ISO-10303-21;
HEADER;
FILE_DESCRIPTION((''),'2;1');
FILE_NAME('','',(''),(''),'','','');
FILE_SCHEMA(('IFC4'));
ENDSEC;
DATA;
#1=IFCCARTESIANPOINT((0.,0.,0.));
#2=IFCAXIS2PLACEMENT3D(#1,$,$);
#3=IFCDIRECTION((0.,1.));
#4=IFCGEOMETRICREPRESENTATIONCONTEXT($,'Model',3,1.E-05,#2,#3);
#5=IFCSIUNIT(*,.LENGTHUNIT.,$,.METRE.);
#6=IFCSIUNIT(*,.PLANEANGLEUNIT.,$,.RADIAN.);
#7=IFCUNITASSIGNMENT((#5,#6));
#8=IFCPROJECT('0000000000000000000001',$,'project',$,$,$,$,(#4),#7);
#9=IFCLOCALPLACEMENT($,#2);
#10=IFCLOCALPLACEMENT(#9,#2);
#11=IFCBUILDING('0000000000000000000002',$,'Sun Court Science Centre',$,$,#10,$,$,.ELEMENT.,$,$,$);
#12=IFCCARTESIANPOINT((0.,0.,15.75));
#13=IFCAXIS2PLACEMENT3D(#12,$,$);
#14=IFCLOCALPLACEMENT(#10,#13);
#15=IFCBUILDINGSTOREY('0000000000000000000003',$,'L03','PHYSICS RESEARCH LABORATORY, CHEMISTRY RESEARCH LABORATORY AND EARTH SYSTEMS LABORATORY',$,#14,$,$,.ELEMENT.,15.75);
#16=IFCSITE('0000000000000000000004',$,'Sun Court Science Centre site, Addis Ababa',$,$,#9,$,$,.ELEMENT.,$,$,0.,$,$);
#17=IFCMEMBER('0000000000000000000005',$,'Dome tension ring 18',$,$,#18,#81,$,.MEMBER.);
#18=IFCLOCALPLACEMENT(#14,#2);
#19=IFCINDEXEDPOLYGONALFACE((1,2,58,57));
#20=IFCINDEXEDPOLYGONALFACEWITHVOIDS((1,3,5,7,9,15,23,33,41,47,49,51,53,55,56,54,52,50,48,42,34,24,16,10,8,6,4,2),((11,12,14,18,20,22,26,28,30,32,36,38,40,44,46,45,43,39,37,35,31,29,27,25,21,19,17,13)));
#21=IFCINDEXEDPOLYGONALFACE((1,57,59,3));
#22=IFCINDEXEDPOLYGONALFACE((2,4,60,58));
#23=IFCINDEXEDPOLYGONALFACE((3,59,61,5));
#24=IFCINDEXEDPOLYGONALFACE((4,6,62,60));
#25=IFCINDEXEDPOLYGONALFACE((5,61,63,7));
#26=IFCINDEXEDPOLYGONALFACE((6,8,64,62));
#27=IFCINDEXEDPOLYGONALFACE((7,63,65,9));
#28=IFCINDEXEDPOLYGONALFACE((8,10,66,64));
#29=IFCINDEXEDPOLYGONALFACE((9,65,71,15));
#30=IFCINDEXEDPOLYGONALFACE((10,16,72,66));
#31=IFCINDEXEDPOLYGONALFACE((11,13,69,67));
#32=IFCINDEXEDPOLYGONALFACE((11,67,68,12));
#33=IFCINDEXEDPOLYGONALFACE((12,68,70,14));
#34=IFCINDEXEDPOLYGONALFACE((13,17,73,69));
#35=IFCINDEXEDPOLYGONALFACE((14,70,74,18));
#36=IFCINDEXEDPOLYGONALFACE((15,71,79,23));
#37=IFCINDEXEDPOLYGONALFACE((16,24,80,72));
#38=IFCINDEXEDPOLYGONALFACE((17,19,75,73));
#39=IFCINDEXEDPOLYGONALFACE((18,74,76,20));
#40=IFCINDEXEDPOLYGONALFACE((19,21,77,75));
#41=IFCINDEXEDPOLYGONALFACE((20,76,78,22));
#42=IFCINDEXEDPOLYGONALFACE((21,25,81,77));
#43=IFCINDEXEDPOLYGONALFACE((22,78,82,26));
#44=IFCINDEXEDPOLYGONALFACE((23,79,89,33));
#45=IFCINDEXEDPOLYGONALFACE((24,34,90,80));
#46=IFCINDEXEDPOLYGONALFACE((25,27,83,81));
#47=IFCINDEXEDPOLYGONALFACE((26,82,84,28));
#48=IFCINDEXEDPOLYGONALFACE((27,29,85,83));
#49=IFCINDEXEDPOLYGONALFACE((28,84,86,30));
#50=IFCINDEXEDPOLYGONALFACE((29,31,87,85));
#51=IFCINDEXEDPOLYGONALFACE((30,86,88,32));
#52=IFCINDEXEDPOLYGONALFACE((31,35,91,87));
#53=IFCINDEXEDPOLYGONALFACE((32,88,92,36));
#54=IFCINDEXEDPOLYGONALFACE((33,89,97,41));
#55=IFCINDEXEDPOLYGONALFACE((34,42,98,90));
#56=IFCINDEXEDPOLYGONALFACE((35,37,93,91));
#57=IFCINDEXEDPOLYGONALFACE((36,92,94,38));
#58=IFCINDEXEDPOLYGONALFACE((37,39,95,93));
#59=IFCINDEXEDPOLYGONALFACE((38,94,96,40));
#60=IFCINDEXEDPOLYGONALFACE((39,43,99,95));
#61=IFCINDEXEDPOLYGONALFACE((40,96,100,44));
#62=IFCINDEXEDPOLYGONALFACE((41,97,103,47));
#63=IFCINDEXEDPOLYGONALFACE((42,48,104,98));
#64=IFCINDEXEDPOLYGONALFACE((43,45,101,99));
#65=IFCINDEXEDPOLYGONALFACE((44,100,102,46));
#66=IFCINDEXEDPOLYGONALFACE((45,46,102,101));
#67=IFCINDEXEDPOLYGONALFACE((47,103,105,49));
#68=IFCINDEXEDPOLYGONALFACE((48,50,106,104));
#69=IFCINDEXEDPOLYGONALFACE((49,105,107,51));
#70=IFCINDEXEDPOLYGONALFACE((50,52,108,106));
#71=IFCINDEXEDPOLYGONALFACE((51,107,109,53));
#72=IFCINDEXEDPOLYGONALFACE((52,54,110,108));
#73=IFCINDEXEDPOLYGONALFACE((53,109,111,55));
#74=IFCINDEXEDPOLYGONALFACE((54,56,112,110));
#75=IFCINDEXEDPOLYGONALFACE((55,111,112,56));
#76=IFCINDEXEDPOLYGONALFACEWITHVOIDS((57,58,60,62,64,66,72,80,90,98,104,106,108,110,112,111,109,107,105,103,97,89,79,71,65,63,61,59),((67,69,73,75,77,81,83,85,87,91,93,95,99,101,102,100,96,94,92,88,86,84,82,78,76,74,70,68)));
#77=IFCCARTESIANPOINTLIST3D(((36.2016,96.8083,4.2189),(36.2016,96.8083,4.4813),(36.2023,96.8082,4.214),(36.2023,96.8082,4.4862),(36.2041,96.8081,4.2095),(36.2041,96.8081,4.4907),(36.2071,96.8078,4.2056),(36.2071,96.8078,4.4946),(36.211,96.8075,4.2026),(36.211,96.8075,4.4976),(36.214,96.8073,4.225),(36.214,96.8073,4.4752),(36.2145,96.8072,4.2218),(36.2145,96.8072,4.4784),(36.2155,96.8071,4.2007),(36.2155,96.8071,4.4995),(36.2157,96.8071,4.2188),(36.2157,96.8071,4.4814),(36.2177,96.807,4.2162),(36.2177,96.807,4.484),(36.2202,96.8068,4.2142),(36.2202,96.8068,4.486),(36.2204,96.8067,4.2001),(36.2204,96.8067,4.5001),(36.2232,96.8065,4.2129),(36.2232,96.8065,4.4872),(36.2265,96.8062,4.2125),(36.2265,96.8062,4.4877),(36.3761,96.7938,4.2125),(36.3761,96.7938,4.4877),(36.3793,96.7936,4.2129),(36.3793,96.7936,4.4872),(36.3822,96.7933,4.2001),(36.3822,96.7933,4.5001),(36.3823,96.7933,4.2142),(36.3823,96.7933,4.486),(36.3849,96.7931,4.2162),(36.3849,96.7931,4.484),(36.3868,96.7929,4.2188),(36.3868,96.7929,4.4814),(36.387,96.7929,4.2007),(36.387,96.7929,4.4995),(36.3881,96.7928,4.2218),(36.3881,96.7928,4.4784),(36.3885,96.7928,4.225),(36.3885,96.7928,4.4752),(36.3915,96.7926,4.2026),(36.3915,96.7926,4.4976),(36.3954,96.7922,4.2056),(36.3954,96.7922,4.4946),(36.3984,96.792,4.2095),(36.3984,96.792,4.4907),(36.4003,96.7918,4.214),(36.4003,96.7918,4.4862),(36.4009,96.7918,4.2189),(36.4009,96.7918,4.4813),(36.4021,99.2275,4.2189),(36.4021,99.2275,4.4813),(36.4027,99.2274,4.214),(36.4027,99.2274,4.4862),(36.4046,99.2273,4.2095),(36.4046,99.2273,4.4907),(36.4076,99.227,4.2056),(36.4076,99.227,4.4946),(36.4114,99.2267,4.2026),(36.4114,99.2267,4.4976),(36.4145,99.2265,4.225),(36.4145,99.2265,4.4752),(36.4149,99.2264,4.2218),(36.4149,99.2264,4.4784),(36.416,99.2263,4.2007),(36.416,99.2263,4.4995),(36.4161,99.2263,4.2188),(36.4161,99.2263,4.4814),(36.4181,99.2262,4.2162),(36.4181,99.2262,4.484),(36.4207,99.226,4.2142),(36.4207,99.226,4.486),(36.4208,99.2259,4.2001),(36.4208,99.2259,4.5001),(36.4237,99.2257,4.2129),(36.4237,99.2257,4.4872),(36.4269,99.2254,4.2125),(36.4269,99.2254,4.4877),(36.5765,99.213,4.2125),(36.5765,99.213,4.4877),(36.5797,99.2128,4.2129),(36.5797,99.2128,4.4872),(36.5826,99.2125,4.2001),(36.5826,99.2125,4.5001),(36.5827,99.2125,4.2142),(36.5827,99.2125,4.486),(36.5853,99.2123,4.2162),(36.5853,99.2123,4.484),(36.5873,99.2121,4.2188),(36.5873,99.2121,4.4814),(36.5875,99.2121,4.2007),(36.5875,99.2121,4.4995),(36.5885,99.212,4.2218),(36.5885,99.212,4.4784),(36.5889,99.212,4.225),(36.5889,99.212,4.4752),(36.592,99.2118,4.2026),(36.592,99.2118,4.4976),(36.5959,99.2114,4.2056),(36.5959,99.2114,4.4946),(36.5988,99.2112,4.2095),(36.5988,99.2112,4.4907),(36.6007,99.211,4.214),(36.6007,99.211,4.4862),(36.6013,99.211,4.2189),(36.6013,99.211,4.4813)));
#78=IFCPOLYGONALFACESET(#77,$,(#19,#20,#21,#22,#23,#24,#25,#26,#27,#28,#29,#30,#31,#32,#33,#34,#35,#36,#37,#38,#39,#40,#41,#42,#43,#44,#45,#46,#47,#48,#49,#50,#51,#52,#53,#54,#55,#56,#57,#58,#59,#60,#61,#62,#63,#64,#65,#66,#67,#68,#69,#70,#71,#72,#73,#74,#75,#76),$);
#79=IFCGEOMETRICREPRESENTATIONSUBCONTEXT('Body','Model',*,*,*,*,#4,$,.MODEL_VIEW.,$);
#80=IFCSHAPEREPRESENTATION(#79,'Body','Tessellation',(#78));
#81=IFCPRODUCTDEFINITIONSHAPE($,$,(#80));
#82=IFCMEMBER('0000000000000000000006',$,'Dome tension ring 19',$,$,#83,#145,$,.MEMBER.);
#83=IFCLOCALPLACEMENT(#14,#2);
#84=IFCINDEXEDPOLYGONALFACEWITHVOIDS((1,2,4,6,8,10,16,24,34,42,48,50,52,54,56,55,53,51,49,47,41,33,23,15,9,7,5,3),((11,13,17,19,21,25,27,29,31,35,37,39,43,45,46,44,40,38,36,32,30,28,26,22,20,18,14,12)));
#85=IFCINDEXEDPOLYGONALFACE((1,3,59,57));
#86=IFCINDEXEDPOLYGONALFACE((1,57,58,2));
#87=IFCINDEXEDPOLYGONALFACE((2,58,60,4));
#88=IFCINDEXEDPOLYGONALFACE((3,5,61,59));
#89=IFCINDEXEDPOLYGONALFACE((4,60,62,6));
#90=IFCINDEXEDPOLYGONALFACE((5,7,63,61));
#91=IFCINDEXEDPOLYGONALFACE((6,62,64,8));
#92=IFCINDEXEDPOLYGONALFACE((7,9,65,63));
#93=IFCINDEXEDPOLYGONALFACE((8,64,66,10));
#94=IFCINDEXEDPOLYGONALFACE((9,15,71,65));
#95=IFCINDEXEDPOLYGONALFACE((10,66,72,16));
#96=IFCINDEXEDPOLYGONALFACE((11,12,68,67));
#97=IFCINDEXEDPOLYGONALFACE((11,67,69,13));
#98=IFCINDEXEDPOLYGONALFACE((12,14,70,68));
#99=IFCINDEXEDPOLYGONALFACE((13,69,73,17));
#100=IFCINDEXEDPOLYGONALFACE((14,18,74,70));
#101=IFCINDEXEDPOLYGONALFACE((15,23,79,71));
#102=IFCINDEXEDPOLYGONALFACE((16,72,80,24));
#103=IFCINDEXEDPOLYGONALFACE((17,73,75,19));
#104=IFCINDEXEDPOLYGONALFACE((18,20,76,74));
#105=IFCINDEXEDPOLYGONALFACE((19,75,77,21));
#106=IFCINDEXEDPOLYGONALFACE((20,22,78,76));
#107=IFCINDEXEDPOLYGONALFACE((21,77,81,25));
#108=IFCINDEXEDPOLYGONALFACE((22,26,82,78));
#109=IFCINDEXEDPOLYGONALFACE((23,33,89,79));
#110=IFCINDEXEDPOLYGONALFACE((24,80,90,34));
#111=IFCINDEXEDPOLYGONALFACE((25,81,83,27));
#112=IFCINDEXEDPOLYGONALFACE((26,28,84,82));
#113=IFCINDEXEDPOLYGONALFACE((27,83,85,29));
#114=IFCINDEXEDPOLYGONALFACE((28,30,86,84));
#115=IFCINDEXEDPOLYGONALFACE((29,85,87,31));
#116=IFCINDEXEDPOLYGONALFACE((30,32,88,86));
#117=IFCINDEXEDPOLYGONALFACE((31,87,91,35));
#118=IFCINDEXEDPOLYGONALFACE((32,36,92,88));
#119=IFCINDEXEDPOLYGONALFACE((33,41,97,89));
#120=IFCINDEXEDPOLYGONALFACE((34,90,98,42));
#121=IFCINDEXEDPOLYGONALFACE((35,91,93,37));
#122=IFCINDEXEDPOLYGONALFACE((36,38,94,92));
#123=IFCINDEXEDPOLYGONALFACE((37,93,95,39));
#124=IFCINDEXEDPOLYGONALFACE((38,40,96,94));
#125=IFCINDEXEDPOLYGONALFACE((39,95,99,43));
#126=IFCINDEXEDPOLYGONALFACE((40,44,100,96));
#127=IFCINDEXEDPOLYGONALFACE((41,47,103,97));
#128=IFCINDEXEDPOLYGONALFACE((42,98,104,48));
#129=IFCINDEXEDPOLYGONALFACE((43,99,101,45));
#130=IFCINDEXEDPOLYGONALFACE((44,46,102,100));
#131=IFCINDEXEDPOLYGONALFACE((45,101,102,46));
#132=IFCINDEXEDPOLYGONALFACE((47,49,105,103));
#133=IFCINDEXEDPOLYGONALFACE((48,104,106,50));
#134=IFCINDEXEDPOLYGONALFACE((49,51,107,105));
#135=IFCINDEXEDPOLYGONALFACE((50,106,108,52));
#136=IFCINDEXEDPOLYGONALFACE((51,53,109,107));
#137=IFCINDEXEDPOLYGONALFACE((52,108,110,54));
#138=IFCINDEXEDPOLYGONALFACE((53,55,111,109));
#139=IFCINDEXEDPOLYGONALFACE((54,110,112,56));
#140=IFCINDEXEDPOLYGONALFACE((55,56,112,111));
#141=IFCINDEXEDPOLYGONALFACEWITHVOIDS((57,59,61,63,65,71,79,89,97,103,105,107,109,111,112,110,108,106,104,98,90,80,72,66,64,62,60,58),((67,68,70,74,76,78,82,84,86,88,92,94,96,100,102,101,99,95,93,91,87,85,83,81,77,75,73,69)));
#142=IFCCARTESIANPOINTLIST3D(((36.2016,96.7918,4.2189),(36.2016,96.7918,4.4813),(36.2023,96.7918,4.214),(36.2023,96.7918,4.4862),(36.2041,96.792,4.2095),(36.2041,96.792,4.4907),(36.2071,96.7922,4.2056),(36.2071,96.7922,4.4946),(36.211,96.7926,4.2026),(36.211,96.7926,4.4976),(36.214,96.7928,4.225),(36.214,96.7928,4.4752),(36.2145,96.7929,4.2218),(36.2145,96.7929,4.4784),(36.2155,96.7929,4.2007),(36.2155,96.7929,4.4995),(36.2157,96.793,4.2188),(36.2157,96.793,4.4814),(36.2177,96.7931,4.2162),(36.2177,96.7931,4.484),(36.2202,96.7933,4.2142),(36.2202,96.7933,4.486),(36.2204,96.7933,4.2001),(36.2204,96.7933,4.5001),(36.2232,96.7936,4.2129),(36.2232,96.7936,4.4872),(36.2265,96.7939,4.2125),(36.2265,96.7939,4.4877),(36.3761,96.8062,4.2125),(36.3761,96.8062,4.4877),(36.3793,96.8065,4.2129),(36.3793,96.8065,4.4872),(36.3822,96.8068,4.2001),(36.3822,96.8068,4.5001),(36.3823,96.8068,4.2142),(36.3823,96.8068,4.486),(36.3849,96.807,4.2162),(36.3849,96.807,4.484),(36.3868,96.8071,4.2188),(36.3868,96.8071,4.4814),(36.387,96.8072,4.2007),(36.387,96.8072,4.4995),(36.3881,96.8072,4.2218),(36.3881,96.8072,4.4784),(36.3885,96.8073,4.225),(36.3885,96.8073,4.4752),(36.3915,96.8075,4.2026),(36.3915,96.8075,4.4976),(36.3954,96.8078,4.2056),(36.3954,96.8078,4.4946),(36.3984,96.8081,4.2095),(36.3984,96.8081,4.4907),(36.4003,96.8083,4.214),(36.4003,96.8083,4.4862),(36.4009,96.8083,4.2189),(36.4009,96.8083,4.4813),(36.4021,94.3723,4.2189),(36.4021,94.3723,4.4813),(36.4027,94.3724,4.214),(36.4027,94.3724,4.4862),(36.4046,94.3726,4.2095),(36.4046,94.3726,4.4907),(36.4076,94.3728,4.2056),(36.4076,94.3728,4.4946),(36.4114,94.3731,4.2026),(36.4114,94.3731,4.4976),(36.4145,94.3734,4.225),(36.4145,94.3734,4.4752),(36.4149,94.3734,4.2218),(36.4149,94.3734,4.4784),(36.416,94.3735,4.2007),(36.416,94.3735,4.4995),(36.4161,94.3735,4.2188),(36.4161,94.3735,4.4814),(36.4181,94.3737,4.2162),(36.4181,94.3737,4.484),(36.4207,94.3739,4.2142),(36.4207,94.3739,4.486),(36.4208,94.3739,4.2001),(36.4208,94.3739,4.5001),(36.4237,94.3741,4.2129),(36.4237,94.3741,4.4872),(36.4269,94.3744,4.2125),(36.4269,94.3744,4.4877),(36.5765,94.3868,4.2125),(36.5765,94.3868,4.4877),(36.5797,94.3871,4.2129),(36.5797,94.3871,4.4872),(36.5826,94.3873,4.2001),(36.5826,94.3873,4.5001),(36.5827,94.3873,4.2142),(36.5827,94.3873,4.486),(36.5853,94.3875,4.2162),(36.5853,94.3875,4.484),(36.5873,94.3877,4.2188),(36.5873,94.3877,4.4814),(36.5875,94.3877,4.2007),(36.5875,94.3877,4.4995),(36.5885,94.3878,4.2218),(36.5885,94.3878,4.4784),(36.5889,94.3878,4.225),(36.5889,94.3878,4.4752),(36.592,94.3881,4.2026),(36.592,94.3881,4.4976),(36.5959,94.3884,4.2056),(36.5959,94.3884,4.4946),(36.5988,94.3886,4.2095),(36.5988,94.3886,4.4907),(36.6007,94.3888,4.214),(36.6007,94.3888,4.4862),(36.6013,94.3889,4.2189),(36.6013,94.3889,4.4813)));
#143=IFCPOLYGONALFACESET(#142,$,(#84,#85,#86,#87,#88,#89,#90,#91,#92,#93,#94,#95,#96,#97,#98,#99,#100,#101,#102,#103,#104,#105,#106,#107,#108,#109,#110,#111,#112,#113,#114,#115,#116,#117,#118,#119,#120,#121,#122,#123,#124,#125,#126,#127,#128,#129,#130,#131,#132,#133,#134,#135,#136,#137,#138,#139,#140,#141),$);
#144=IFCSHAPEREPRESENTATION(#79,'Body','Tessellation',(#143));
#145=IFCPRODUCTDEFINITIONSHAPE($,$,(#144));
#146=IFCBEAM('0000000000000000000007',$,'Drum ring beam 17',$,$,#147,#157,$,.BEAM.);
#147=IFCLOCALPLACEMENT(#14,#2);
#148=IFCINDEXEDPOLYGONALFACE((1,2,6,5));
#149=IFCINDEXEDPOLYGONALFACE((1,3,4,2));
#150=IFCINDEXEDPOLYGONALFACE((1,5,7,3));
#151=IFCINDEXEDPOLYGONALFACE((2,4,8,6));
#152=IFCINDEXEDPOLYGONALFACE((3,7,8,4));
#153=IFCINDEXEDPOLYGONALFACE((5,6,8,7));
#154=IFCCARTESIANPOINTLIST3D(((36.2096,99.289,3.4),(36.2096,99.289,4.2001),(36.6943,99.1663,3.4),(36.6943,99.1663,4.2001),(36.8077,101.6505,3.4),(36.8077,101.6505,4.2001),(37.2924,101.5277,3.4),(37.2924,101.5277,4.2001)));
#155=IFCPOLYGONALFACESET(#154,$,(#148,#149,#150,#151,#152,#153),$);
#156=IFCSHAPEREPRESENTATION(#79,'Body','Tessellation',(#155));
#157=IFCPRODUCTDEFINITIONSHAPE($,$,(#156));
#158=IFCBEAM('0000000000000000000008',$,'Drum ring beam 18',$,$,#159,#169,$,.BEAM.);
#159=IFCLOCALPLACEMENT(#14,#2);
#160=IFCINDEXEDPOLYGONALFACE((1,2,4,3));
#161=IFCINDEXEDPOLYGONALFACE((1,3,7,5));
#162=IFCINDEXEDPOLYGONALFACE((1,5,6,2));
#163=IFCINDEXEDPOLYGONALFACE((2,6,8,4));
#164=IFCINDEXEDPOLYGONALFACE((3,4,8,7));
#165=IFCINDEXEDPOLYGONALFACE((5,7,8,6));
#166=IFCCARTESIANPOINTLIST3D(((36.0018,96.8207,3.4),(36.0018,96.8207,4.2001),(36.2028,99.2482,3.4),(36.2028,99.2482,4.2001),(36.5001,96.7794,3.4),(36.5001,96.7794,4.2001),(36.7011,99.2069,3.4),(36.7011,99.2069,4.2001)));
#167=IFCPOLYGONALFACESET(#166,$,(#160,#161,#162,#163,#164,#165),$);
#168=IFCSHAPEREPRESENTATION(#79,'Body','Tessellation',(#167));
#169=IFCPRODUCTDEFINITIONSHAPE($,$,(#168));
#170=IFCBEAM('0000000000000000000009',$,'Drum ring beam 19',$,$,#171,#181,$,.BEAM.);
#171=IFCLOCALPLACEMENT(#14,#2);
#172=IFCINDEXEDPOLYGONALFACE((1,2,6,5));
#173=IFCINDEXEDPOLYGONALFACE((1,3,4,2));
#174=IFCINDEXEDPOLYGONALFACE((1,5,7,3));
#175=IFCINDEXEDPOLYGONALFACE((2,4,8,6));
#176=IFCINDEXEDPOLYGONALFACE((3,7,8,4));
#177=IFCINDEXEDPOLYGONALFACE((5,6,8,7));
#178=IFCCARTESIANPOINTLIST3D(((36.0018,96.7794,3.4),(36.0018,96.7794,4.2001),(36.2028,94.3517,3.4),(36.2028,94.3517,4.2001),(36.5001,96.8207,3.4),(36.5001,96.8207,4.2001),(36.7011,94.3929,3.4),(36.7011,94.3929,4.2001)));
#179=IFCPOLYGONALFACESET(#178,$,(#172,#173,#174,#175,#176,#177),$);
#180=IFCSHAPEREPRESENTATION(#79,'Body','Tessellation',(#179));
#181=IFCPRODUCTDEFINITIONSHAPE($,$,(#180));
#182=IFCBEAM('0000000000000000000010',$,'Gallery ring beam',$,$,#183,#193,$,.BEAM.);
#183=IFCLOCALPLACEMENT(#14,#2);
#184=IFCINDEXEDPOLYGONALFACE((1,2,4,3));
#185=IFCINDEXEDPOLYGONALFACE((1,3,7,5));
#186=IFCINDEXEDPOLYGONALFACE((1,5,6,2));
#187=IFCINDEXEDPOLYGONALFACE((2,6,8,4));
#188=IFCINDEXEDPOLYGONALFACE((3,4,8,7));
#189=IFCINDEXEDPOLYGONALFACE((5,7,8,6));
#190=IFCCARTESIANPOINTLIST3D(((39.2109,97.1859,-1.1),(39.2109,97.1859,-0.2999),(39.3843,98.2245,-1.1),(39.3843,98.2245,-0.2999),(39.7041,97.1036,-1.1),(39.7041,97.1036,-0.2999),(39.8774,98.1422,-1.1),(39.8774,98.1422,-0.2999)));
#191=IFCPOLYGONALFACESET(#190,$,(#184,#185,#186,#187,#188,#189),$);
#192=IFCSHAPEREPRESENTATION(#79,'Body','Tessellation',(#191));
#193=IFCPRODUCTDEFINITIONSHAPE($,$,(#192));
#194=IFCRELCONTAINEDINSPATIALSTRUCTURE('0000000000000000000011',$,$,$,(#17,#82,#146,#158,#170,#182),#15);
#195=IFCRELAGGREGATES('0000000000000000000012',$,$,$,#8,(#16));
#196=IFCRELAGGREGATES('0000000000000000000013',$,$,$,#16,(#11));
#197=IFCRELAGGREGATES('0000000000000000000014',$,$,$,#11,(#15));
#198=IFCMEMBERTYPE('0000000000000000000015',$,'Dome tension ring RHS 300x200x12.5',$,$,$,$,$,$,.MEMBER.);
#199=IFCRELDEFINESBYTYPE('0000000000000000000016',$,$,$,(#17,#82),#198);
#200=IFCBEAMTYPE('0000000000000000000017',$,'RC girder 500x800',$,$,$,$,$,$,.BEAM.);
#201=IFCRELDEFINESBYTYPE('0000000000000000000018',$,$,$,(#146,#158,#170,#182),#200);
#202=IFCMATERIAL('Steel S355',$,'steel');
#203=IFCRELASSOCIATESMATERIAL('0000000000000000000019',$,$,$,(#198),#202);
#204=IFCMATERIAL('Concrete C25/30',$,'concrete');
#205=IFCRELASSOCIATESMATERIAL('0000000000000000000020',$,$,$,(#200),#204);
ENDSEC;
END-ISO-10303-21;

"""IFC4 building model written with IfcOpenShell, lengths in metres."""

from ifc_helpers import new_model, si_unit, direction, frame, origin, origin_2d, place, context, subcontext, project, spatial, rectangle, hollow_rectangle, extrude, material, material_profile, profile_set, type_object, element, save


model = new_model("IFC4")

# Units and contexts
model_context = context("Model", 3, precision=1e-05, world=origin(), true_north=direction((0.0, 1.0)))
body_context = subcontext(model_context, "Body", "Model", "MODEL_VIEW")
ifc_project = project(units=[si_unit("LENGTHUNIT", "METRE"), si_unit("PLANEANGLEUNIT", "RADIAN")], contexts=[model_context])

# Site, building, storey
site_placement = place(None, origin())
site = spatial("IfcSite", under=ifc_project, at=site_placement, Name="Sun Court Science Centre site, Addis Ababa", CompositionType="ELEMENT", RefElevation=0.0)
building_placement = place(site_placement, origin())
building = spatial("IfcBuilding", under=site, at=building_placement, Name="Sun Court Science Centre", CompositionType="ELEMENT")
storey_placement = place(building_placement, frame((0.0, 0.0, 15.75)))
storey = spatial("IfcBuildingStorey", under=building, at=storey_placement, Name="L03", Description="PHYSICS RESEARCH LABORATORY, CHEMISTRY RESEARCH LABORATORY AND EARTH SYSTEMS LABORATORY", CompositionType="ELEMENT", Elevation=15.75)

# Members
ifc_material_1 = material(Name="Steel S355", Category="steel")
ifc_material_profile_1 = material_profile(ifc_material_1, hollow_rectangle(XDim=0.2, YDim=0.3, WallThickness=0.0125, InnerFilletRadius=0.0125, OuterFilletRadius=0.0188, at=origin_2d()), Name="RHS 300x200x12.5")
ifc_profile_set_1 = profile_set([ifc_material_profile_1], Name="Steel S355")
member_type_1 = type_object("IfcMemberType", Name="Dome tension ring RHS 300x200x12.5", PredefinedType="MEMBER", material=ifc_profile_set_1)
member_1_placement = place(storey_placement, frame((36.5017, 99.2192, 4.3501), z_axis=(-0.082571, -0.996585, 0.0), x_axis=(0.996585, -0.082571, 0.0)))
element("IfcMember", 1, at=member_1_placement, inside=storey, type_object=member_type_1, Name="Dome tension ring 18", PredefinedType="MEMBER", context=body_context, shape_type="SweptSolid", body=[
    extrude(hollow_rectangle(XDim=0.2, YDim=0.3, WallThickness=0.0125, InnerFilletRadius=0.0125, OuterFilletRadius=0.0188, at=origin_2d()), origin(), (0.0, 0.0, 1.0), 2.4275),
])
member_2_placement = place(storey_placement, frame((36.3013, 96.8, 4.3501), z_axis=(0.082563, -0.996586, 0.0), x_axis=(0.996586, 0.082563, 0.0)))
element("IfcMember", 2, at=member_2_placement, inside=storey, type_object=member_type_1, Name="Dome tension ring 19", PredefinedType="MEMBER", context=body_context, shape_type="SweptSolid", body=[
    extrude(hollow_rectangle(XDim=0.2, YDim=0.3, WallThickness=0.0125, InnerFilletRadius=0.0125, OuterFilletRadius=0.0188, at=origin_2d()), origin(), (0.0, 0.0, 1.0), 2.4277),
])

# Beams
ifc_material_2 = material(Name="Concrete C25/30", Category="concrete")
ifc_material_profile_2 = material_profile(ifc_material_2, rectangle(XDim=0.5, YDim=0.8, at=origin_2d()), Name="RC 500x800")
ifc_profile_set_2 = profile_set([ifc_material_profile_2], Name="Concrete C25/30")
beam_type = type_object("IfcBeamType", Name="RC girder 500x800", PredefinedType="BEAM", material=ifc_profile_set_2)
beam_1_placement = place(storey_placement, frame((37.05, 101.5891, 3.8), z_axis=(-0.245529, -0.969389, 0.0), x_axis=(0.969389, -0.245529, 0.0)))
element("IfcBeam", 3, at=beam_1_placement, inside=storey, type_object=beam_type, Name="Drum ring beam 17", PredefinedType="BEAM", context=body_context, shape_type="SweptSolid", body=[
    extrude(rectangle(XDim=0.5, YDim=0.8, at=origin_2d()), origin(), (0.0, 0.0, 1.0), 2.436),
])
beam_2_placement = place(storey_placement, frame((36.4519, 99.2275, 3.8), z_axis=(-0.08249, -0.996592, 0.0), x_axis=(0.996592, -0.08249, 0.0)))
element("IfcBeam", 4, at=beam_2_placement, inside=storey, type_object=beam_type, Name="Drum ring beam 18", PredefinedType="BEAM", context=body_context, shape_type="SweptSolid", body=[
    extrude(rectangle(XDim=0.5, YDim=0.8, at=origin_2d()), origin(), (0.0, 0.0, 1.0), 2.4358),
])
beam_3_placement = place(storey_placement, frame((36.251, 96.8, 3.8), z_axis=(0.082481, -0.996593, 0.0), x_axis=(0.996593, 0.082481, 0.0)))
element("IfcBeam", 5, at=beam_3_placement, inside=storey, type_object=beam_type, Name="Drum ring beam 19", PredefinedType="BEAM", context=body_context, shape_type="SweptSolid", body=[
    extrude(rectangle(XDim=0.5, YDim=0.8, at=origin_2d()), origin(), (0.0, 0.0, 1.0), 2.436),
])
beam_4_placement = place(storey_placement, frame((39.6309, 98.1833, -0.7), z_axis=(-0.164625, -0.986356, 0.0), x_axis=(0.986356, -0.164625, 0.0)))
element("IfcBeam", 6, at=beam_4_placement, inside=storey, type_object=beam_type, Name="Gallery ring beam", PredefinedType="BEAM", context=body_context, shape_type="SweptSolid", body=[
    extrude(rectangle(XDim=0.5, YDim=0.8, at=origin_2d()), origin(), (0.0, 0.0, 1.0), 1.053),
])

save(model, "model.ifc")
